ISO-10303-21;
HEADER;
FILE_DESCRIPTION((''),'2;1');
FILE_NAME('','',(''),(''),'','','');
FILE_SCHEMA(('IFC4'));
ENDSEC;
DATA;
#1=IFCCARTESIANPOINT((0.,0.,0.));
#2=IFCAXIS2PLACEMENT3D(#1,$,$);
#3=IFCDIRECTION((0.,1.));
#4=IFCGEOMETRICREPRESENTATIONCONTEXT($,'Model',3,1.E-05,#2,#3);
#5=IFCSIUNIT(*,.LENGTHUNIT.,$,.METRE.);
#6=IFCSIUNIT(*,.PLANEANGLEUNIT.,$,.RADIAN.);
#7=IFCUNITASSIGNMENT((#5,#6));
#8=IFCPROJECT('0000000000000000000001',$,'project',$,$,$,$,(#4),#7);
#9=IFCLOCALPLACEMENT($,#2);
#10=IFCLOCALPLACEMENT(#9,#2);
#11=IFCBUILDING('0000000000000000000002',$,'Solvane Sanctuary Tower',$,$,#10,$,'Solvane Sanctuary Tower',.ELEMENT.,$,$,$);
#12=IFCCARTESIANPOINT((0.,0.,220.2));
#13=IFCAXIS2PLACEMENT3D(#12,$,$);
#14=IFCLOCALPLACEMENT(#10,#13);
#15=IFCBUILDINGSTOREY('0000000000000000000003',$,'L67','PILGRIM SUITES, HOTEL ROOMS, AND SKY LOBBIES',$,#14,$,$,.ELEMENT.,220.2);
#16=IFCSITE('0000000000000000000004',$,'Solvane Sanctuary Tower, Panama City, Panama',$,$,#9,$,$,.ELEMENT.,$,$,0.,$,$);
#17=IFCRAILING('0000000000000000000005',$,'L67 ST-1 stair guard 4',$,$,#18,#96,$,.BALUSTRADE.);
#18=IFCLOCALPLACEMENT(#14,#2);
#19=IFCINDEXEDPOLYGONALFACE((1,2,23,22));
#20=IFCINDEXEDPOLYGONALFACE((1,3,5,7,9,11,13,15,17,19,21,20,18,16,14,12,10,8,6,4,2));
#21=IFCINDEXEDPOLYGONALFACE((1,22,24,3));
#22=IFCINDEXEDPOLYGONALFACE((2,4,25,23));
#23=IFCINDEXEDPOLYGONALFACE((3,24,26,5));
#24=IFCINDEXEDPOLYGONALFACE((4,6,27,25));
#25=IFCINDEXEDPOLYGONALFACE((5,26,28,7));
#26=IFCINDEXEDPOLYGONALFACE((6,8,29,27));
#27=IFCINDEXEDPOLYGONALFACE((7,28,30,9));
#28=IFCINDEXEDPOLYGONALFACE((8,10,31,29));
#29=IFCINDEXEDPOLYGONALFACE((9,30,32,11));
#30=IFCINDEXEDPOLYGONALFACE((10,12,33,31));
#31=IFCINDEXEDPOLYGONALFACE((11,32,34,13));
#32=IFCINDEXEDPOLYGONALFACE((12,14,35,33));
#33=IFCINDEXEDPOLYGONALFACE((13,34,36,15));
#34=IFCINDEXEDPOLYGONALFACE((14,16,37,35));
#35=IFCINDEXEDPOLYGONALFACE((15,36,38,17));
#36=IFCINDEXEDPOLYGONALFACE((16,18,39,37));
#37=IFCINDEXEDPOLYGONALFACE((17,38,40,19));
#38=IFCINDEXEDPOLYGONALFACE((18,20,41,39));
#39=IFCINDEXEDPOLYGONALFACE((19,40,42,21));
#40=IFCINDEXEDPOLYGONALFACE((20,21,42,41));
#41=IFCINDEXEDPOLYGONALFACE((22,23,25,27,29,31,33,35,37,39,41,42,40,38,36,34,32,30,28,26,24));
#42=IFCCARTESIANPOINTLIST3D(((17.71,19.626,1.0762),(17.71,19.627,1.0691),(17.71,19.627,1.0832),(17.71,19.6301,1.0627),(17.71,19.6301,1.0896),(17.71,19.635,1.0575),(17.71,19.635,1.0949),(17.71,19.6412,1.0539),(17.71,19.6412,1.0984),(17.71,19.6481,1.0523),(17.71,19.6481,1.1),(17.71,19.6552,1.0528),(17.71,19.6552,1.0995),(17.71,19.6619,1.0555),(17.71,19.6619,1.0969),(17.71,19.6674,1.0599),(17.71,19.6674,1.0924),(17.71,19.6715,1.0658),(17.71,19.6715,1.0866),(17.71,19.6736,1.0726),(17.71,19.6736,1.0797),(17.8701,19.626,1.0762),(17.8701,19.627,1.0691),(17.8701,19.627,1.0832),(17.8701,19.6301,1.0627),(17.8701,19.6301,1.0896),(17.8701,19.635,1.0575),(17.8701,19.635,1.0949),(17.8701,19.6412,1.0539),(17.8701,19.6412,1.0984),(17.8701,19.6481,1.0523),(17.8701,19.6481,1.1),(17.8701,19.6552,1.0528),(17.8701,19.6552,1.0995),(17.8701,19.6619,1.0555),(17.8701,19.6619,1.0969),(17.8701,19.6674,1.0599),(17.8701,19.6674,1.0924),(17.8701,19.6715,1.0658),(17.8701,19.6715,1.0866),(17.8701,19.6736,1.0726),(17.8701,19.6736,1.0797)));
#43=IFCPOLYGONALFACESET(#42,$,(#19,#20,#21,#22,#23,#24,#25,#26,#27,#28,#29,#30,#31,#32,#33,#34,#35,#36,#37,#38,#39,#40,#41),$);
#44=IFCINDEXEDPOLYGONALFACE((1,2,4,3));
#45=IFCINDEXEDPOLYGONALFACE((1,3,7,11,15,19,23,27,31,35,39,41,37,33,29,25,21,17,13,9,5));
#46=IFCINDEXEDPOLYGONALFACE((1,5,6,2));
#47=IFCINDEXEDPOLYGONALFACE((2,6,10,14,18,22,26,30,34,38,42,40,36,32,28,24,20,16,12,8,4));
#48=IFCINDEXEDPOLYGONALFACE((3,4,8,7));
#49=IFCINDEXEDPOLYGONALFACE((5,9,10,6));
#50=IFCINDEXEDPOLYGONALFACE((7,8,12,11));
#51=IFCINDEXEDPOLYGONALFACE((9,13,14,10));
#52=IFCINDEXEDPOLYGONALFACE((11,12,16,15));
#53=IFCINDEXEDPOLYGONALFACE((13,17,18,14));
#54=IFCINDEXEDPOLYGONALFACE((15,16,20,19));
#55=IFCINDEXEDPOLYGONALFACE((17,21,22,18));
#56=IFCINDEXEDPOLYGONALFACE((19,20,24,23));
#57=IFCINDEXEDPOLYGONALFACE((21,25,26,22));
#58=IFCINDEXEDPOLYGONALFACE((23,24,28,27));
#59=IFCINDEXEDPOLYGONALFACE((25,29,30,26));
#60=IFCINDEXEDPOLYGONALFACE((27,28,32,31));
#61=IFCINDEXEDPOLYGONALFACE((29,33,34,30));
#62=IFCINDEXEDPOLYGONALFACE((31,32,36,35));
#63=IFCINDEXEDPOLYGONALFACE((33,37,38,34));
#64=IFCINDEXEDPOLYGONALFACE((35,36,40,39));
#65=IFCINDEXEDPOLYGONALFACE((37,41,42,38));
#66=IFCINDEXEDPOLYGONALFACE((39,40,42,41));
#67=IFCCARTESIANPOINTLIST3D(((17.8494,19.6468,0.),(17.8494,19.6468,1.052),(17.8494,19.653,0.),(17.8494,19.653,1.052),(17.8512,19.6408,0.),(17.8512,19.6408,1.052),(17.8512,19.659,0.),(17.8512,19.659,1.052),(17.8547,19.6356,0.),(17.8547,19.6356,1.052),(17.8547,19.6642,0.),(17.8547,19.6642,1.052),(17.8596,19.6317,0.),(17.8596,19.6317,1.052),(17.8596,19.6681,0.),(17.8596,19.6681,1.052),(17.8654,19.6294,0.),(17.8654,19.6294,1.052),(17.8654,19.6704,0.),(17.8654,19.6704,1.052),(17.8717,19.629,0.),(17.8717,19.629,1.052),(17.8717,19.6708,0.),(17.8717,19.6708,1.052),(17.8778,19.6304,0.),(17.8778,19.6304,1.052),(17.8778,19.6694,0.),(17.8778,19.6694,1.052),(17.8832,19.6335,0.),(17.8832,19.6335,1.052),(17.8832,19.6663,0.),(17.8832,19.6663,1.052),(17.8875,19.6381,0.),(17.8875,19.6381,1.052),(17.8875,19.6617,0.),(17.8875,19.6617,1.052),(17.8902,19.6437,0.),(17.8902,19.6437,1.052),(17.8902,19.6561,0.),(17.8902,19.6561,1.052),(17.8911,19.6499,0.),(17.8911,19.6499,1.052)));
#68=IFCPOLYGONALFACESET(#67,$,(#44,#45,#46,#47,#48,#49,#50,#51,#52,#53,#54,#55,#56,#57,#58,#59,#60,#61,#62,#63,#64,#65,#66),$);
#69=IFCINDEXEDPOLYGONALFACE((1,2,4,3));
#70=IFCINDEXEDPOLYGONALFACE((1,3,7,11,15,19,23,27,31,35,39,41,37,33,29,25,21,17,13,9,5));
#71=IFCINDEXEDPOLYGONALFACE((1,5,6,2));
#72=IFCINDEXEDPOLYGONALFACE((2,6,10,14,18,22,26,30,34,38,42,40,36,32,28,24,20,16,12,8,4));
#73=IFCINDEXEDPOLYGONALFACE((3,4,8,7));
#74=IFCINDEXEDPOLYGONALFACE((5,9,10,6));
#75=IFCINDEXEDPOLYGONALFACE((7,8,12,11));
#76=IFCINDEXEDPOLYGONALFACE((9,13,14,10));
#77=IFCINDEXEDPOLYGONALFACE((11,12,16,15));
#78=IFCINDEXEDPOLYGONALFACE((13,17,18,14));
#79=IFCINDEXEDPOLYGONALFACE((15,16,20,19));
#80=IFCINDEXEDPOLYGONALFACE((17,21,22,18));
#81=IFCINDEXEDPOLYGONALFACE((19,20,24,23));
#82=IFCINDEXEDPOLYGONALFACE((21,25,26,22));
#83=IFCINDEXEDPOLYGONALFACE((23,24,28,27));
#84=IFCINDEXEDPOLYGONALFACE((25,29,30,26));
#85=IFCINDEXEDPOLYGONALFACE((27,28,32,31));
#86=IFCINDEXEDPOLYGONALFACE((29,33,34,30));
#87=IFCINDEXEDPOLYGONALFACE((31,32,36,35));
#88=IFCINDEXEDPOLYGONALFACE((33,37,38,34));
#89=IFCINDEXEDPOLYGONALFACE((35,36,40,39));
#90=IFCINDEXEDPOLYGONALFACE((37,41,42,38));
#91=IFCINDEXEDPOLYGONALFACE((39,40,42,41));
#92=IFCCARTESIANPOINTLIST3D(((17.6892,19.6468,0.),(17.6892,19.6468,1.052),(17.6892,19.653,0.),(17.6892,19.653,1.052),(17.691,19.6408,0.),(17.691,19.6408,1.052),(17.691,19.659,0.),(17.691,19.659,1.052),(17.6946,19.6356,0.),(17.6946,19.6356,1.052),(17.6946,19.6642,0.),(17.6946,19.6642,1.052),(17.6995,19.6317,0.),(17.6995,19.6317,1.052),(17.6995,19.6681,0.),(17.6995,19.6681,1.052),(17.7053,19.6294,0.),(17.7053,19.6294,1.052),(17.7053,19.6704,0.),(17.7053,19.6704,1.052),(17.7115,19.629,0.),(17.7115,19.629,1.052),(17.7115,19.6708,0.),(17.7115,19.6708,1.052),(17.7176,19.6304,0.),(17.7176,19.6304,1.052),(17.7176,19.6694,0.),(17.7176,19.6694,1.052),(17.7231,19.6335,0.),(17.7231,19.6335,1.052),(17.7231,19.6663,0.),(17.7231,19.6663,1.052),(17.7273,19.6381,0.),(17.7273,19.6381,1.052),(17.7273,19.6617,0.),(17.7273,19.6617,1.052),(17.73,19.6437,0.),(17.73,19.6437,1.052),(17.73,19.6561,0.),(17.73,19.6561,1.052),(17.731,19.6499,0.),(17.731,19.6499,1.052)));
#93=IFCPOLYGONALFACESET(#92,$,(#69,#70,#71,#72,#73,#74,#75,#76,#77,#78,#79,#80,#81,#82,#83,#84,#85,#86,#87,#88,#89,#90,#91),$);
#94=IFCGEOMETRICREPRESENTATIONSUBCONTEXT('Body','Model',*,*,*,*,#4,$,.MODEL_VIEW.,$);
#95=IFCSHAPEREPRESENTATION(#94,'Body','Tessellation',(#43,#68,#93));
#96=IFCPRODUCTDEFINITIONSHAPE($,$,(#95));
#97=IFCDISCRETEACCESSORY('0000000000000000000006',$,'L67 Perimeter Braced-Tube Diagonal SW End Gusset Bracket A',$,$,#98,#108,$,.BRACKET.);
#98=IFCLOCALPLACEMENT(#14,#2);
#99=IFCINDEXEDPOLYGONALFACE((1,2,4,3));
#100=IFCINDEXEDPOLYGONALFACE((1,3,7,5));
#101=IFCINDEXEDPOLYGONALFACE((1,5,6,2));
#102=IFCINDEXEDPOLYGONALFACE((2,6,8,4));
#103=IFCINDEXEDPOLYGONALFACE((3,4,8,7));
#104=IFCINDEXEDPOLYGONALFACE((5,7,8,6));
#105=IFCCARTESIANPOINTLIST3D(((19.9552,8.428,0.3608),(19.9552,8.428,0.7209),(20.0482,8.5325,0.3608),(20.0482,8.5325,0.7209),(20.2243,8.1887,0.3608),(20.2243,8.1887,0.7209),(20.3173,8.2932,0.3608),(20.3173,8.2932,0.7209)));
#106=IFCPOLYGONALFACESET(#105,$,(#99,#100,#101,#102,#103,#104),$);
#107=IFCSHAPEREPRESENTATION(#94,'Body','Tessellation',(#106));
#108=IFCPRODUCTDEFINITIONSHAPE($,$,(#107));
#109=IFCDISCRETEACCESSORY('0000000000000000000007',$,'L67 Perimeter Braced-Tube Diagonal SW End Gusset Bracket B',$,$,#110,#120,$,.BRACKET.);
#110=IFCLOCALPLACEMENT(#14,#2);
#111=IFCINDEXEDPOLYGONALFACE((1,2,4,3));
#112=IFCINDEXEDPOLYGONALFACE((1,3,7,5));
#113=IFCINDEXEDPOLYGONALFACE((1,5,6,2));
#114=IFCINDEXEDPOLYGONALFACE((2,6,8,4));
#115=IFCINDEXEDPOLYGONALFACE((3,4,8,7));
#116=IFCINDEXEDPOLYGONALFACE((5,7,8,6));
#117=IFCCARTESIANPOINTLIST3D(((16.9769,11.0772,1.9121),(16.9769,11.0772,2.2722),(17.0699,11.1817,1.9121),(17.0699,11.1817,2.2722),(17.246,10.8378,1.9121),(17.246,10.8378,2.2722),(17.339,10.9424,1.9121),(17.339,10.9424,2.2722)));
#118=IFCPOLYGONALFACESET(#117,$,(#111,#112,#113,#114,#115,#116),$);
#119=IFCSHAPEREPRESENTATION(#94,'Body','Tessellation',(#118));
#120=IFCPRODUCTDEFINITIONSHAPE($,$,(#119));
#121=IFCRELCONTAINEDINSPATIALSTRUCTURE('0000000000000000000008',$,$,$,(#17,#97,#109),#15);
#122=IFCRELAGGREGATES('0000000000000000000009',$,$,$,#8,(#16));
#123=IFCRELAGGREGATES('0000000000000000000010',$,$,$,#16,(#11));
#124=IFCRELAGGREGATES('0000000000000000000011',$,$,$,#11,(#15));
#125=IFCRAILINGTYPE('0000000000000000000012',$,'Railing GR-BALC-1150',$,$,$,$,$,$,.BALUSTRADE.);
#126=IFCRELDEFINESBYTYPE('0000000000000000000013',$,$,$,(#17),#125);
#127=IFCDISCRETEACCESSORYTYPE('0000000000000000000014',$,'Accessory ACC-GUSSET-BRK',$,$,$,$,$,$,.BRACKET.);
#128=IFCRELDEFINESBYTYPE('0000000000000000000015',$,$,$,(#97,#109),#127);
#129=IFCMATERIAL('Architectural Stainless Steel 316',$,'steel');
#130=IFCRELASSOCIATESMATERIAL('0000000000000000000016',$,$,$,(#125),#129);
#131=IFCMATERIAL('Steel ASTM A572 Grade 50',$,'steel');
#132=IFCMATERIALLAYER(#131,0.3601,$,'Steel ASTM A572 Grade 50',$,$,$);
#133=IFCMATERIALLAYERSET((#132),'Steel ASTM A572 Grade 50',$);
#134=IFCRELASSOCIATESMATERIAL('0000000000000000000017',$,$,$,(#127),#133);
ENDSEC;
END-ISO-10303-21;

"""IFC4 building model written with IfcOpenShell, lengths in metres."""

from ifc_helpers import new_model, si_unit, direction, frame, origin, origin_2d, place, context, subcontext, project, spatial, rectangle, circle, extrude, material, layer, layer_set, type_object, element, save


model = new_model("IFC4")

# Units and contexts
model_context = context("Model", 3, precision=1e-05, world=origin(), true_north=direction((0.0, 1.0)))
body_context = subcontext(model_context, "Body", "Model", "MODEL_VIEW")
ifc_project = project(units=[si_unit("LENGTHUNIT", "METRE"), si_unit("PLANEANGLEUNIT", "RADIAN")], contexts=[model_context])

# Site, building, storey
site_placement = place(None, origin())
site = spatial("IfcSite", under=ifc_project, at=site_placement, Name="Solvane Sanctuary Tower, Panama City, Panama", CompositionType="ELEMENT", RefElevation=0.0)
building_placement = place(site_placement, origin())
building = spatial("IfcBuilding", under=site, at=building_placement, Name="Solvane Sanctuary Tower", LongName="Solvane Sanctuary Tower", CompositionType="ELEMENT")
storey_placement = place(building_placement, frame((0.0, 0.0, 220.2)))
storey = spatial("IfcBuildingStorey", under=building, at=storey_placement, Name="L67", Description="PILGRIM SUITES, HOTEL ROOMS, AND SKY LOBBIES", CompositionType="ELEMENT", Elevation=220.2)

# Shared definitions
ifc_material_1 = material(Name="Architectural Stainless Steel 316", Category="steel")

# Railing
railing_type = type_object("IfcRailingType", Name="Railing GR-BALC-1150", PredefinedType="BALUSTRADE", material=ifc_material_1)
railing_1_placement = place(storey_placement, frame((17.8701, 19.6499, 0.0)))
element("IfcRailing", 1, at=railing_1_placement, inside=storey, type_object=railing_type, Name="L67 ST-1 stair guard 4", PredefinedType="BALUSTRADE", context=body_context, shape_type="SweptSolid", body=[
    extrude(circle(Radius=0.0239, at=origin_2d()), frame((0.0, 0.0, 1.0762), z_axis=(-1.0, 0.0, 0.0), x_axis=(0.0, -1.0, 0.0)), (0.0, 0.0, 1.0), 0.1602),
    extrude(circle(Radius=0.021, at=origin_2d()), origin(), (0.0, 0.0, 1.0), 1.052),
    extrude(circle(Radius=0.021, at=origin_2d()), frame((-0.1602, 0.0, 0.0)), (0.0, 0.0, 1.0), 1.052),
])

# Discrete accessories
ifc_material_2 = material(Name="Steel ASTM A572 Grade 50", Category="steel")
ifc_layer_1 = layer(ifc_material_2, 0.3601, Name="Steel ASTM A572 Grade 50")
ifc_layer_set_1 = layer_set([ifc_layer_1], Name="Steel ASTM A572 Grade 50")
discrete_accessory_type = type_object("IfcDiscreteAccessoryType", Name="Accessory ACC-GUSSET-BRK", PredefinedType="BRACKET", material=ifc_layer_set_1)
for number, where, z_axis, x_axis, name in (
    (2, (20.1362, 8.3606, 0.3608), (0.0, 0.0, 1.0), (-0.747218, 0.664579, 0.0), "L67 Perimeter Braced-Tube Diagonal SW End Gusset Bracket A"),
    (3, (17.158, 11.0098, 1.9121), (0.0, 0.0, 1.0), (-0.747218, 0.664579, 0.0), "L67 Perimeter Braced-Tube Diagonal SW End Gusset Bracket B"),
):
    element("IfcDiscreteAccessory", number, at=place(storey_placement, frame(where, z_axis=z_axis, x_axis=x_axis)), inside=storey, type_object=discrete_accessory_type, Name=name, PredefinedType="BRACKET", context=body_context, shape_type="SweptSolid", body=[
        extrude(rectangle(XDim=0.3601, YDim=0.1399, at=origin_2d()), origin(), (0.0, 0.0, 1.0), 0.3601),
    ])

save(model, "model.ifc")
